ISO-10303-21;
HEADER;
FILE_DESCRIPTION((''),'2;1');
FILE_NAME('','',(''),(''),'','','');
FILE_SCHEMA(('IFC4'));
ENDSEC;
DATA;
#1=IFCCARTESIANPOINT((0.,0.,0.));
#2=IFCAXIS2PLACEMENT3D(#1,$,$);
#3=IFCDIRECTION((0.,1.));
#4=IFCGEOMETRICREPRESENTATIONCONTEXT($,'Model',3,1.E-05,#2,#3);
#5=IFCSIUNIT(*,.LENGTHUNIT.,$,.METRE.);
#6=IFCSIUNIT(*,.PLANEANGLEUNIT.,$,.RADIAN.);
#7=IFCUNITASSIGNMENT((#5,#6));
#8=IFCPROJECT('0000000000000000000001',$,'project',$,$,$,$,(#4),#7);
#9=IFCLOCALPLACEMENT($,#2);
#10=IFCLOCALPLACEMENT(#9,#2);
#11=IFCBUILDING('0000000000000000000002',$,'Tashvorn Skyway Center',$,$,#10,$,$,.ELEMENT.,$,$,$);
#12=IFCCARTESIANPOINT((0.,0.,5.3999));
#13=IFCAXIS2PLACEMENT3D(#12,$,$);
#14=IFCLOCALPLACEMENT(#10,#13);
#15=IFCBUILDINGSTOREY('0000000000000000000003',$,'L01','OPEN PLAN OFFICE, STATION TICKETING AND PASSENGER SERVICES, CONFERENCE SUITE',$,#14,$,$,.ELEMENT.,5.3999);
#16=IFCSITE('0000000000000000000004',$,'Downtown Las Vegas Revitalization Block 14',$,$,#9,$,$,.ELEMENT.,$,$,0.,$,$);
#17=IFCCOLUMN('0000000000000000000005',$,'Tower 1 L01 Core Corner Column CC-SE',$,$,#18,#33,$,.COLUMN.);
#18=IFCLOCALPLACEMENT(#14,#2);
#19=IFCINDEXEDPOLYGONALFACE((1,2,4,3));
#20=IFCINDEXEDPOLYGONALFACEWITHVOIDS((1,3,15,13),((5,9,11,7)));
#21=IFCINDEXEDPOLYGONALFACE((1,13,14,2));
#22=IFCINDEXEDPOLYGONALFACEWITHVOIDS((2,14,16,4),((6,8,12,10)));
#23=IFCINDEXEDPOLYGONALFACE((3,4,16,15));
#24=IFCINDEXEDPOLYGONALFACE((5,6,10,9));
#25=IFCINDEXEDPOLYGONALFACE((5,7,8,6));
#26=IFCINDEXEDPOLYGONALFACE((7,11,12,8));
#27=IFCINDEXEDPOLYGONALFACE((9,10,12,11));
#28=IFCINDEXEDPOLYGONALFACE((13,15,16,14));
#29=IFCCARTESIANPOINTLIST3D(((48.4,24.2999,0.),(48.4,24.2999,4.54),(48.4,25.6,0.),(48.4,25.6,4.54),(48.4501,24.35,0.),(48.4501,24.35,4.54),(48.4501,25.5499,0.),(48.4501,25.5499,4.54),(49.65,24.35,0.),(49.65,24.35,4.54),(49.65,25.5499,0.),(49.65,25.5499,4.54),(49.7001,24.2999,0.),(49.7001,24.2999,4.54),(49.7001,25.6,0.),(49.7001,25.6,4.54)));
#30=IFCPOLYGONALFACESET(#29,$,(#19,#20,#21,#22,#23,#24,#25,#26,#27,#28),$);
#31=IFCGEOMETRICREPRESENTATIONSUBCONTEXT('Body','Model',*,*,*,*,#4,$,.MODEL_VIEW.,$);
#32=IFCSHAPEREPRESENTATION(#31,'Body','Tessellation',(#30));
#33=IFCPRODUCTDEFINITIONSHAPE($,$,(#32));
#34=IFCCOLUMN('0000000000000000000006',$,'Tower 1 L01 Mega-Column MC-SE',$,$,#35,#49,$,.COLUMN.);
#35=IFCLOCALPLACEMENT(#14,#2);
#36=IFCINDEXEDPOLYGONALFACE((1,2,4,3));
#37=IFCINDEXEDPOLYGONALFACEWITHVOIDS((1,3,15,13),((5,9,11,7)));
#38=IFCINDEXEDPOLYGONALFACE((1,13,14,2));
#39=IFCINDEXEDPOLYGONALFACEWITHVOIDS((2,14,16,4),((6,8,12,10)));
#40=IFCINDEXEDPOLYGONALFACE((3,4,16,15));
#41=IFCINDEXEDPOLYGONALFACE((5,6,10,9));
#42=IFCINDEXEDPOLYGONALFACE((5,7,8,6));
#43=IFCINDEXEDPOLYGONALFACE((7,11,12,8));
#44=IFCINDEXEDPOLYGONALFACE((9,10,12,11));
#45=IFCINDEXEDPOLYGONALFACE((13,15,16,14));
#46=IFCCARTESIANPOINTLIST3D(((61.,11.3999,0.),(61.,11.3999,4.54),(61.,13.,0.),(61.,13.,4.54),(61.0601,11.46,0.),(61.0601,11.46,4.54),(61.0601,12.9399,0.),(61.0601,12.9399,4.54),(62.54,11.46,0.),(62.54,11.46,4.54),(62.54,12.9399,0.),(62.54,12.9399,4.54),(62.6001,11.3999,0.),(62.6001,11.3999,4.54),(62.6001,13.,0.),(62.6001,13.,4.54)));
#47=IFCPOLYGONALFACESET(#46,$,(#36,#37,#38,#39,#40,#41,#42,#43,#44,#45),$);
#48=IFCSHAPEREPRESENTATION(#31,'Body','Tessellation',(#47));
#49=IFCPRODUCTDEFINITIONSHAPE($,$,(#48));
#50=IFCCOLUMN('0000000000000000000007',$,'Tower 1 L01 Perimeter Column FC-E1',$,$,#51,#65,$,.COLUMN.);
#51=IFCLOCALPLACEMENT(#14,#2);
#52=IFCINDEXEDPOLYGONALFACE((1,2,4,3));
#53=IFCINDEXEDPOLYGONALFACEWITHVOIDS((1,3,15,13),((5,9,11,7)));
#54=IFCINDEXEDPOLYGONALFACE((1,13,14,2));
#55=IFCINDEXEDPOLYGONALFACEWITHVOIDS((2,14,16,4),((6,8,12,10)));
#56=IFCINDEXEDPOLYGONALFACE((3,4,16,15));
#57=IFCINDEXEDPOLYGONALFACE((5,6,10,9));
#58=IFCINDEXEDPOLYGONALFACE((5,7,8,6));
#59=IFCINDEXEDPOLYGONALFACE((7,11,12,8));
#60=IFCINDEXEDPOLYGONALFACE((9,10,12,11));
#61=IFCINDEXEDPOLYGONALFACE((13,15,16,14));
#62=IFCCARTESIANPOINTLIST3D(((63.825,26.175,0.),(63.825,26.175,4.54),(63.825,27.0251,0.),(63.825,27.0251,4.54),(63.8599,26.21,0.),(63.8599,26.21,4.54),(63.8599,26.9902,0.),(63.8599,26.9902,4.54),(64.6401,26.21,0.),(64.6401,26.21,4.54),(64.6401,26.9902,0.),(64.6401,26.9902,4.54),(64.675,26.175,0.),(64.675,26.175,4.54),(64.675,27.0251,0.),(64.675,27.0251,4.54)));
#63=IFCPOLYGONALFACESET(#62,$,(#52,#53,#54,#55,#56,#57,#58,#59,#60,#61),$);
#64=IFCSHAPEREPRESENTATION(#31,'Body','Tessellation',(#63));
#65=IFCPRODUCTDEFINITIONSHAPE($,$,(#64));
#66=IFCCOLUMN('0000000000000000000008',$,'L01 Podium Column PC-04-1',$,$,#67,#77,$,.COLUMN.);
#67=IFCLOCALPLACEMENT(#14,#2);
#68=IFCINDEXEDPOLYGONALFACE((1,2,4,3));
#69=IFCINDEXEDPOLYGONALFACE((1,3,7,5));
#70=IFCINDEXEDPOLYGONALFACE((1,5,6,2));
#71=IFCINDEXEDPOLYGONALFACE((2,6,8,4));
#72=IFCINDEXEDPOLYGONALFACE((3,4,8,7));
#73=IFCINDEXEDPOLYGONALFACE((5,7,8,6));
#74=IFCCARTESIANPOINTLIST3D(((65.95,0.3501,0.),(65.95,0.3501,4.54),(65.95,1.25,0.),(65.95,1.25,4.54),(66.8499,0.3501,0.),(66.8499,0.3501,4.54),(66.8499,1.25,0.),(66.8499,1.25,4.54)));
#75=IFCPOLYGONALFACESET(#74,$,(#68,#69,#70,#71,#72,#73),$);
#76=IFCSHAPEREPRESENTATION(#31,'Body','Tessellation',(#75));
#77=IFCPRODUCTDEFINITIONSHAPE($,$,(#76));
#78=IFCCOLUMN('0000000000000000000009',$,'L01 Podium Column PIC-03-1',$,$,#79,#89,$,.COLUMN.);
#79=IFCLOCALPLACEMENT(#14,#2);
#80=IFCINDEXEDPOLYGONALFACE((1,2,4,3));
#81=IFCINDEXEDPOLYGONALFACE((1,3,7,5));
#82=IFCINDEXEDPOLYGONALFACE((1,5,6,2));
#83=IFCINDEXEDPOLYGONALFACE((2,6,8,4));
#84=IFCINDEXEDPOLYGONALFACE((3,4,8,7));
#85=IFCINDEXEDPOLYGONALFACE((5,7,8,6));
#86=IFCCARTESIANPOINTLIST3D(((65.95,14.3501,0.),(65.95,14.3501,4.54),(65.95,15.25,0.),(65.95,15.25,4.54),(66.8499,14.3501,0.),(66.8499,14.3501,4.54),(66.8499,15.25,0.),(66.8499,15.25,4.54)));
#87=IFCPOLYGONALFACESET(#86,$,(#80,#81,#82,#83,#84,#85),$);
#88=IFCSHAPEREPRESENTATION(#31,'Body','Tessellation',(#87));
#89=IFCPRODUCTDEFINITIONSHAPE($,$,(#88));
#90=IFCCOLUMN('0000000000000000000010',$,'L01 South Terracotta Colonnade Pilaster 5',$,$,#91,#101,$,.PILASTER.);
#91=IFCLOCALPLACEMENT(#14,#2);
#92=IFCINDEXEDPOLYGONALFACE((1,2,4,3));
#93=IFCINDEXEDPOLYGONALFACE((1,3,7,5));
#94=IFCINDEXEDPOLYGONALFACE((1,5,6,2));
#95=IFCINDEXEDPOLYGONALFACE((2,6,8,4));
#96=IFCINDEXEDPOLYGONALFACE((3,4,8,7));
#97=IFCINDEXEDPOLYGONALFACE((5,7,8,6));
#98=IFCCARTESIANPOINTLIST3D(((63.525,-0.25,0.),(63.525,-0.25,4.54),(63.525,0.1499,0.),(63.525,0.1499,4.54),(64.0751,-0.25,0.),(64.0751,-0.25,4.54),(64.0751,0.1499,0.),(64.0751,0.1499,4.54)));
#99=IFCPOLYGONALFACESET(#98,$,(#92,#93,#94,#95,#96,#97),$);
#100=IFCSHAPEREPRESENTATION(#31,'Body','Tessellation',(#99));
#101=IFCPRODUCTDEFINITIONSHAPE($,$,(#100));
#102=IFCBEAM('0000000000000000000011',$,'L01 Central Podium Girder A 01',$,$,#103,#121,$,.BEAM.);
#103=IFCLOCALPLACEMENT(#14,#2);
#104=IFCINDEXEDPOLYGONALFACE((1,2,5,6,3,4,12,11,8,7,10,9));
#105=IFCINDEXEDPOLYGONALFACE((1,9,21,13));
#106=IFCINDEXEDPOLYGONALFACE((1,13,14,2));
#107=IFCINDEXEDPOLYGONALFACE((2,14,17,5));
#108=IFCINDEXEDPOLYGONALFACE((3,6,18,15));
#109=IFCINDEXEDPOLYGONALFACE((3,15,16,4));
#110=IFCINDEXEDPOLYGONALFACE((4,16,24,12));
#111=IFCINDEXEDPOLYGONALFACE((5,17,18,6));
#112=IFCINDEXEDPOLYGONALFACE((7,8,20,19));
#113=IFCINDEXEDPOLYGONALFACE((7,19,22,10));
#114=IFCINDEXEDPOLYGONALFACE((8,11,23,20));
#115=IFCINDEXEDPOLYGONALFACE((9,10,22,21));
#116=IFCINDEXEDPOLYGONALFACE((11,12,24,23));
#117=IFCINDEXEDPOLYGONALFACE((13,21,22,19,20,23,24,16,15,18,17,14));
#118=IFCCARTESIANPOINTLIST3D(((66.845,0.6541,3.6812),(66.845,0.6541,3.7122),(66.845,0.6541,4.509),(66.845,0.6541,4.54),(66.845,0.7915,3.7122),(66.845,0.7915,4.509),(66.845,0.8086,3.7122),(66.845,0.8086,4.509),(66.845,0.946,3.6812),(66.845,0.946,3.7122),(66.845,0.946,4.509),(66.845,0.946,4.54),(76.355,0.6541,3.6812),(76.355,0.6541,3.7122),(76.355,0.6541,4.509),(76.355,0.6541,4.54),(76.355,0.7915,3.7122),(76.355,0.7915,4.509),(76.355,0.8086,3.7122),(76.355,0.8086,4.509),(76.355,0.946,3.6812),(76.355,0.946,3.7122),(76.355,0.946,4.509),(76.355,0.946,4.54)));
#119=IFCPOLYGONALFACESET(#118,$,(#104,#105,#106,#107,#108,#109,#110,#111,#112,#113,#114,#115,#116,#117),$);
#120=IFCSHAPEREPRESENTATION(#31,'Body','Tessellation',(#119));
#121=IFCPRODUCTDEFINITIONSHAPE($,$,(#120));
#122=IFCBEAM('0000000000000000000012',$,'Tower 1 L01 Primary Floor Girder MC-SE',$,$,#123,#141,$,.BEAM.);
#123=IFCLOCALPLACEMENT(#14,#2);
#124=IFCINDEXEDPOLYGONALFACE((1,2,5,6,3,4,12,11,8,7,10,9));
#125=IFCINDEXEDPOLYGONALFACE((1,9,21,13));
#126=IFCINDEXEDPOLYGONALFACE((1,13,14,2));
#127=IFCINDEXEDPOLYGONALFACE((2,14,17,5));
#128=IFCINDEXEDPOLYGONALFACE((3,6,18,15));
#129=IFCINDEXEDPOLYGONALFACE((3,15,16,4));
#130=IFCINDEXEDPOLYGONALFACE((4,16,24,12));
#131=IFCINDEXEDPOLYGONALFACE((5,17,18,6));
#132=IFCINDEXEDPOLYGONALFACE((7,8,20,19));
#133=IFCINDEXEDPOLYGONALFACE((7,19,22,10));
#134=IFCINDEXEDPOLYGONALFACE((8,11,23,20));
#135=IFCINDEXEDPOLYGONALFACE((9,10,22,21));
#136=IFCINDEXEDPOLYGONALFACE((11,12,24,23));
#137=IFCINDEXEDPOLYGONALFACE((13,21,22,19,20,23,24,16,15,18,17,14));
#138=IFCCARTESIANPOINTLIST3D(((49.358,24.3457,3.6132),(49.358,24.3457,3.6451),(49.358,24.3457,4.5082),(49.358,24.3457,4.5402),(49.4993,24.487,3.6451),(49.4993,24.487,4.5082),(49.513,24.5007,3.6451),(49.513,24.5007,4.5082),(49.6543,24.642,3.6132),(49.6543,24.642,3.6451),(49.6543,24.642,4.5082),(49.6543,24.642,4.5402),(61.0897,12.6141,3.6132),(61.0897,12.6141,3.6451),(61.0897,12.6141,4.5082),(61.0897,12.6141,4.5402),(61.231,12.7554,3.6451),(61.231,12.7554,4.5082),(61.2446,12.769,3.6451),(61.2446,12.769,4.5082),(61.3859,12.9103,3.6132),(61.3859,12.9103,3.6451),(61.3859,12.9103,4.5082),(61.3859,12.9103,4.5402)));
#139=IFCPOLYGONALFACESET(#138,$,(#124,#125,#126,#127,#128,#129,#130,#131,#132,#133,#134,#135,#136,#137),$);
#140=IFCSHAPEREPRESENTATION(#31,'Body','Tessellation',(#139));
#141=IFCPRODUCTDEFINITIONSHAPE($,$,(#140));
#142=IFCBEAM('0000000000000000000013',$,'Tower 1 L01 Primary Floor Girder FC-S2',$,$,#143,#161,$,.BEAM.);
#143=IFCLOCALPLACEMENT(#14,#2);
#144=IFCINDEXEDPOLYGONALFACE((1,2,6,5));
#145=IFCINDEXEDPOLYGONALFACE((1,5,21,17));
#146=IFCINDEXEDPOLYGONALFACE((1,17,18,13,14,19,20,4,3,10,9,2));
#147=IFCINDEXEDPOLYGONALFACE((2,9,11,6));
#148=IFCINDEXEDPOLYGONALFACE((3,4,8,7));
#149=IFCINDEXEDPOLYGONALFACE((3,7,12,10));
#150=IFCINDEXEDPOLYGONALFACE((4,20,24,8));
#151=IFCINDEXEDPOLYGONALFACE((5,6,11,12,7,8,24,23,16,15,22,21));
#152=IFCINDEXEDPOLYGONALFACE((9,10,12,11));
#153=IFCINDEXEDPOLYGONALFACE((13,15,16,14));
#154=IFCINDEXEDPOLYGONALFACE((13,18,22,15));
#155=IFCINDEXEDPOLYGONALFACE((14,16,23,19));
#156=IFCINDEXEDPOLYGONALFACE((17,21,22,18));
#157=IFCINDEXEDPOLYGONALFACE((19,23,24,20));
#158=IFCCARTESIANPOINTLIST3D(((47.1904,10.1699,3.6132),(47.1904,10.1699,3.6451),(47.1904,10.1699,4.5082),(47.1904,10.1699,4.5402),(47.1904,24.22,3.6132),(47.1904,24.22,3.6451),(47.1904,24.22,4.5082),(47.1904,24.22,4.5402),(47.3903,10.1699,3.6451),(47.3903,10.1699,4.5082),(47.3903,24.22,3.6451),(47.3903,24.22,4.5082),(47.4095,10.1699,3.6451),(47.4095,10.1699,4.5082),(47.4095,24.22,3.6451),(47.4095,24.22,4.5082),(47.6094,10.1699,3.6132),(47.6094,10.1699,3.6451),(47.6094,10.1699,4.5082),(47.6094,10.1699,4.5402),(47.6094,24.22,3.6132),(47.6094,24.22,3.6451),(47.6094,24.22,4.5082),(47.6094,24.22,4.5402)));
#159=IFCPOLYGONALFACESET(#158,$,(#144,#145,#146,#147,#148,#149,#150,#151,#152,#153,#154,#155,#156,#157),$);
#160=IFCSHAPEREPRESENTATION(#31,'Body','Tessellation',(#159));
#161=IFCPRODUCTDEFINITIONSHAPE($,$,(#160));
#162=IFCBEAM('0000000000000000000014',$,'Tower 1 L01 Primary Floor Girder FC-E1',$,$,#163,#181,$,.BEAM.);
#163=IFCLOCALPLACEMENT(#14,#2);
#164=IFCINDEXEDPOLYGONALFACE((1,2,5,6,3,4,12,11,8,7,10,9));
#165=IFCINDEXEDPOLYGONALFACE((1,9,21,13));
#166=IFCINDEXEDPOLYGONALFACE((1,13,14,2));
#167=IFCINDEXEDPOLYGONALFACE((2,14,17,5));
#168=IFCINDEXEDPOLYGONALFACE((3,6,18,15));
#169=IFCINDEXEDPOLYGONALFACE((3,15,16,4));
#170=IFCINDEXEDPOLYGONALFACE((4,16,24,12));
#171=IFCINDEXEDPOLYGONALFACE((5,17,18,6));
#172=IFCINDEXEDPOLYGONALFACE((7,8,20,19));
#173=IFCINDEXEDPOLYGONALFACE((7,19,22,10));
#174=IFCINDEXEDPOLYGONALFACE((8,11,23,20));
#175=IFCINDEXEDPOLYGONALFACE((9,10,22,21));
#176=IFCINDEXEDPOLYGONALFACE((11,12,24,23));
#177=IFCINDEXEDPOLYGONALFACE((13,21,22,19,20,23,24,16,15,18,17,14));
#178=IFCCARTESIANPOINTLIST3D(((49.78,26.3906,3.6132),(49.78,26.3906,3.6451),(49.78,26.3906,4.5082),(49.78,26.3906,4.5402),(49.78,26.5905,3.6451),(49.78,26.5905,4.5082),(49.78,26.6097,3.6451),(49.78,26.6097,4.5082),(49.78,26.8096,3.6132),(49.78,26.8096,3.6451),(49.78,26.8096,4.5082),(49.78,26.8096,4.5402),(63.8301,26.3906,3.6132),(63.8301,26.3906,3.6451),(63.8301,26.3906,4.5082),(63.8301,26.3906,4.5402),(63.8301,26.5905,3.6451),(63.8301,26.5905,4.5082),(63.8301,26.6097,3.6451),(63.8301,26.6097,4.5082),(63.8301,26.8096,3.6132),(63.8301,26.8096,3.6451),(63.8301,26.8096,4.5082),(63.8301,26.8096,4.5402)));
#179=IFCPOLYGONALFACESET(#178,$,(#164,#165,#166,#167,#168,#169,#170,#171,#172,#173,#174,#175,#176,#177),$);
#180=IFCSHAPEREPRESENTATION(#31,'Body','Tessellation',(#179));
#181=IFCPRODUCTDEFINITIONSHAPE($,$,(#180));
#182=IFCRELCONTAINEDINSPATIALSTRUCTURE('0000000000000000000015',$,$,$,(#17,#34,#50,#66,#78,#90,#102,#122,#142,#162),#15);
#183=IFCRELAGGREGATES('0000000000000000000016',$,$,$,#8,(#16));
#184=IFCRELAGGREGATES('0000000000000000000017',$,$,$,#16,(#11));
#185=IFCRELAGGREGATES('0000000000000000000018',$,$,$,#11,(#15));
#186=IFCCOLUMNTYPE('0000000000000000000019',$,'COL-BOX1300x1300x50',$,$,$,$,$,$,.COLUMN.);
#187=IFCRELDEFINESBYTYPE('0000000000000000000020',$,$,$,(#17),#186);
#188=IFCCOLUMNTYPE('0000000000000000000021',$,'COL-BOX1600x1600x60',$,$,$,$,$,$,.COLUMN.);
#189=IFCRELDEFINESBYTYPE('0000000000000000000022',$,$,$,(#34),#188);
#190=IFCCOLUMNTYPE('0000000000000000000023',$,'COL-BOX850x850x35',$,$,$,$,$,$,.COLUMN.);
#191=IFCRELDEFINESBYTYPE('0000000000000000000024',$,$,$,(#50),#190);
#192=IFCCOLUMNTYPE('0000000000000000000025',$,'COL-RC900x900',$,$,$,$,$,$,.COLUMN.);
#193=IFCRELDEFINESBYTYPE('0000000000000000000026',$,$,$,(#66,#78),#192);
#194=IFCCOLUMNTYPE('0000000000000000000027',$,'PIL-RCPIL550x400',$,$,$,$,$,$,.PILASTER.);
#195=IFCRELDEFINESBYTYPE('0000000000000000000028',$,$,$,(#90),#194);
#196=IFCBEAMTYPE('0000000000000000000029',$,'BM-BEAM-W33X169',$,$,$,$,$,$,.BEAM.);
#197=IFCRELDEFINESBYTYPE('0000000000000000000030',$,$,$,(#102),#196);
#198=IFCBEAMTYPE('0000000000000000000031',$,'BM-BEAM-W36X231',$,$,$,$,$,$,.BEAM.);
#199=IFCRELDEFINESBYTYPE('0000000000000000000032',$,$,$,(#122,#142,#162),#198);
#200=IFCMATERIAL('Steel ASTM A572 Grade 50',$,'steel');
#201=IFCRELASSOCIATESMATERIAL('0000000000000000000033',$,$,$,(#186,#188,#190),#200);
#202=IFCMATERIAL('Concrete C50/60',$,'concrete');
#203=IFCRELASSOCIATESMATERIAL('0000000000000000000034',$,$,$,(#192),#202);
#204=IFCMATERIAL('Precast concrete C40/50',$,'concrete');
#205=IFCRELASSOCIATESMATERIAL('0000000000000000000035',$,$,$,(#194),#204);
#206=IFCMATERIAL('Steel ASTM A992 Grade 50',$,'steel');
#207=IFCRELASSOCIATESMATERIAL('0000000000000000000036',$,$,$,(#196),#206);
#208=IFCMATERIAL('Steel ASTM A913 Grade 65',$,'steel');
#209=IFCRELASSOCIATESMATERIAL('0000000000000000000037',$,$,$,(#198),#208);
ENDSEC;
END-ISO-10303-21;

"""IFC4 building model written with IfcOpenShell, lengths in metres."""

from ifc_helpers import new_model, si_unit, direction, frame, origin, origin_2d, place, context, subcontext, project, spatial, rectangle, hollow_rectangle, i_section, extrude, material, material_profile, profile_set, type_object, element, save


model = new_model("IFC4")

# Units and contexts
model_context = context("Model", 3, precision=1e-05, world=origin(), true_north=direction((0.0, 1.0)))
body_context = subcontext(model_context, "Body", "Model", "MODEL_VIEW")
ifc_project = project(units=[si_unit("LENGTHUNIT", "METRE"), si_unit("PLANEANGLEUNIT", "RADIAN")], contexts=[model_context])

# Site, building, storey
site_placement = place(None, origin())
site = spatial("IfcSite", under=ifc_project, at=site_placement, Name="Downtown Las Vegas Revitalization Block 14", CompositionType="ELEMENT", RefElevation=0.0)
building_placement = place(site_placement, origin())
building = spatial("IfcBuilding", under=site, at=building_placement, Name="Tashvorn Skyway Center", CompositionType="ELEMENT")
storey_placement = place(building_placement, frame((0.0, 0.0, 5.3999)))
storey = spatial("IfcBuildingStorey", under=building, at=storey_placement, Name="L01", Description="OPEN PLAN OFFICE, STATION TICKETING AND PASSENGER SERVICES, CONFERENCE SUITE", CompositionType="ELEMENT", Elevation=5.3999)

# Columns
ifc_material_1 = material(Name="Steel ASTM A572 Grade 50", Category="steel")
ifc_material_profile_1 = material_profile(ifc_material_1, hollow_rectangle(XDim=1.3, YDim=1.3, WallThickness=0.05, at=origin_2d()), Name="BOX1300x1300x50")
ifc_profile_set_1 = profile_set([ifc_material_profile_1], Name="Steel ASTM A572 Grade 50")
column_type_1 = type_object("IfcColumnType", Name="COL-BOX1300x1300x50", PredefinedType="COLUMN", material=ifc_profile_set_1)
column_1_placement = place(storey_placement, frame((49.05, 24.95, 0.0), z_axis=(0.0, 0.0, 1.0), x_axis=(1.0, 0.0, 0.0)))
element("IfcColumn", 1, at=column_1_placement, inside=storey, type_object=column_type_1, Name="Tower 1 L01 Core Corner Column CC-SE", PredefinedType="COLUMN", context=body_context, shape_type="SweptSolid", body=[
    extrude(hollow_rectangle(XDim=1.3, YDim=1.3, WallThickness=0.05, at=origin_2d()), origin(), (0.0, 0.0, 1.0), 4.54),
])
ifc_material_profile_2 = material_profile(ifc_material_1, hollow_rectangle(XDim=1.6001, YDim=1.6001, WallThickness=0.0601, at=origin_2d()), Name="BOX1600x1600x60")
ifc_profile_set_2 = profile_set([ifc_material_profile_2], Name="Steel ASTM A572 Grade 50")
column_type_2 = type_object("IfcColumnType", Name="COL-BOX1600x1600x60", PredefinedType="COLUMN", material=ifc_profile_set_2)
column_2_placement = place(storey_placement, frame((61.8, 12.2, 0.0), z_axis=(0.0, 0.0, 1.0), x_axis=(1.0, 0.0, 0.0)))
element("IfcColumn", 2, at=column_2_placement, inside=storey, type_object=column_type_2, Name="Tower 1 L01 Mega-Column MC-SE", PredefinedType="COLUMN", context=body_context, shape_type="SweptSolid", body=[
    extrude(hollow_rectangle(XDim=1.6001, YDim=1.6001, WallThickness=0.0601, at=origin_2d()), origin(), (0.0, 0.0, 1.0), 4.54),
])
ifc_material_profile_3 = material_profile(ifc_material_1, hollow_rectangle(XDim=0.8501, YDim=0.8501, WallThickness=0.0349, at=origin_2d()), Name="BOX850x850x35")
ifc_profile_set_3 = profile_set([ifc_material_profile_3], Name="Steel ASTM A572 Grade 50")
column_type_3 = type_object("IfcColumnType", Name="COL-BOX850x850x35", PredefinedType="COLUMN", material=ifc_profile_set_3)
column_3_placement = place(storey_placement, frame((64.25, 26.6001, 0.0), z_axis=(0.0, 0.0, 1.0), x_axis=(1.0, 0.0, 0.0)))
element("IfcColumn", 3, at=column_3_placement, inside=storey, type_object=column_type_3, Name="Tower 1 L01 Perimeter Column FC-E1", PredefinedType="COLUMN", context=body_context, shape_type="SweptSolid", body=[
    extrude(hollow_rectangle(XDim=0.8501, YDim=0.8501, WallThickness=0.0349, at=origin_2d()), origin(), (0.0, 0.0, 1.0), 4.54),
])
ifc_material_2 = material(Name="Concrete C50/60", Category="concrete")
ifc_material_profile_4 = material_profile(ifc_material_2, rectangle(XDim=0.8999, YDim=0.8999, at=origin_2d()), Name="RC900x900")
ifc_profile_set_4 = profile_set([ifc_material_profile_4], Name="Concrete C50/60")
column_type_4 = type_object("IfcColumnType", Name="COL-RC900x900", PredefinedType="COLUMN", material=ifc_profile_set_4)
for number, where, z_axis, x_axis, name in (
    (4, (66.3999, 0.8, 0.0), (0.0, 0.0, 1.0), (1.0, 0.0, 0.0), "L01 Podium Column PC-04-1"),
    (5, (66.3999, 14.8, 0.0), (0.0, 0.0, 1.0), (1.0, 0.0, 0.0), "L01 Podium Column PIC-03-1"),
):
    element("IfcColumn", number, at=place(storey_placement, frame(where, z_axis=z_axis, x_axis=x_axis)), inside=storey, type_object=column_type_4, Name=name, PredefinedType="COLUMN", context=body_context, shape_type="SweptSolid", body=[
        extrude(rectangle(XDim=0.8999, YDim=0.8999, at=origin_2d()), origin(), (0.0, 0.0, 1.0), 4.54),
    ])
ifc_material_3 = material(Name="Precast concrete C40/50", Category="concrete")
ifc_material_profile_5 = material_profile(ifc_material_3, rectangle(XDim=0.55, YDim=0.3999, at=origin_2d()), Name="RCPIL550x400")
ifc_profile_set_5 = profile_set([ifc_material_profile_5], Name="Precast concrete C40/50")
column_type_5 = type_object("IfcColumnType", Name="PIL-RCPIL550x400", PredefinedType="PILASTER", material=ifc_profile_set_5)
column_4_placement = place(storey_placement, frame((63.8, -0.05, 0.0), z_axis=(0.0, 0.0, 1.0), x_axis=(1.0, 0.0, 0.0)))
element("IfcColumn", 6, at=column_4_placement, inside=storey, type_object=column_type_5, Name="L01 South Terracotta Colonnade Pilaster 5", PredefinedType="PILASTER", context=body_context, shape_type="SweptSolid", body=[
    extrude(rectangle(XDim=0.55, YDim=0.3999, at=origin_2d()), origin(), (0.0, 0.0, 1.0), 4.54),
])

# Beams
ifc_material_4 = material(Name="Steel ASTM A992 Grade 50", Category="steel")
ifc_material_profile_6 = material_profile(ifc_material_4, i_section(OverallWidth=0.292, OverallDepth=0.8589, WebThickness=0.0171, FlangeThickness=0.031, at=origin_2d()), Name="W33X169")
ifc_profile_set_6 = profile_set([ifc_material_profile_6], Name="Steel ASTM A992 Grade 50")
beam_type_1 = type_object("IfcBeamType", Name="BM-BEAM-W33X169", PredefinedType="BEAM", material=ifc_profile_set_6)
beam_1_placement = place(storey_placement, frame((66.845, 0.8, 4.1106), z_axis=(1.0, 0.0, 0.0), x_axis=(0.0, 1.0, 0.0)))
element("IfcBeam", 7, at=beam_1_placement, inside=storey, type_object=beam_type_1, Name="L01 Central Podium Girder A 01", PredefinedType="BEAM", context=body_context, shape_type="SweptSolid", body=[
    extrude(i_section(OverallWidth=0.292, OverallDepth=0.8589, WebThickness=0.0171, FlangeThickness=0.031, at=origin_2d()), origin(), (0.0, 0.0, 1.0), 9.51),
])
ifc_material_5 = material(Name="Steel ASTM A913 Grade 65", Category="steel")
ifc_material_profile_7 = material_profile(ifc_material_5, i_section(OverallWidth=0.4189, OverallDepth=0.927, WebThickness=0.0193, FlangeThickness=0.032, at=origin_2d()), Name="W36X231")
ifc_profile_set_7 = profile_set([ifc_material_profile_7], Name="Steel ASTM A913 Grade 65")
beam_type_2 = type_object("IfcBeamType", Name="BM-BEAM-W36X231", PredefinedType="BEAM", material=ifc_profile_set_7)
beam_2_placement = place(storey_placement, frame((61.2378, 12.7622, 4.0767), z_axis=(-0.707107, 0.707107, 0.0), x_axis=(-0.707107, -0.707107, 0.0)))
element("IfcBeam", 8, at=beam_2_placement, inside=storey, type_object=beam_type_2, Name="Tower 1 L01 Primary Floor Girder MC-SE", PredefinedType="BEAM", context=body_context, shape_type="SweptSolid", body=[
    extrude(i_section(OverallWidth=0.4189, OverallDepth=0.927, WebThickness=0.0193, FlangeThickness=0.032, at=origin_2d()), origin(), (0.0, 0.0, 1.0), 16.5911),
])
for number, where, z_axis, x_axis, name in (
    (9, (47.3999, 10.1699, 4.0767), (0.0, 1.0, 0.0), (-1.0, 0.0, 0.0), "Tower 1 L01 Primary Floor Girder FC-S2"),
    (10, (63.8301, 26.6001, 4.0767), (-1.0, 0.0, 0.0), (0.0, -1.0, 0.0), "Tower 1 L01 Primary Floor Girder FC-E1"),
):
    element("IfcBeam", number, at=place(storey_placement, frame(where, z_axis=z_axis, x_axis=x_axis)), inside=storey, type_object=beam_type_2, Name=name, PredefinedType="BEAM", context=body_context, shape_type="SweptSolid", body=[
        extrude(i_section(OverallWidth=0.4189, OverallDepth=0.927, WebThickness=0.0193, FlangeThickness=0.032, at=origin_2d()), origin(), (0.0, 0.0, 1.0), 14.05),
    ])

save(model, "model.ifc")
